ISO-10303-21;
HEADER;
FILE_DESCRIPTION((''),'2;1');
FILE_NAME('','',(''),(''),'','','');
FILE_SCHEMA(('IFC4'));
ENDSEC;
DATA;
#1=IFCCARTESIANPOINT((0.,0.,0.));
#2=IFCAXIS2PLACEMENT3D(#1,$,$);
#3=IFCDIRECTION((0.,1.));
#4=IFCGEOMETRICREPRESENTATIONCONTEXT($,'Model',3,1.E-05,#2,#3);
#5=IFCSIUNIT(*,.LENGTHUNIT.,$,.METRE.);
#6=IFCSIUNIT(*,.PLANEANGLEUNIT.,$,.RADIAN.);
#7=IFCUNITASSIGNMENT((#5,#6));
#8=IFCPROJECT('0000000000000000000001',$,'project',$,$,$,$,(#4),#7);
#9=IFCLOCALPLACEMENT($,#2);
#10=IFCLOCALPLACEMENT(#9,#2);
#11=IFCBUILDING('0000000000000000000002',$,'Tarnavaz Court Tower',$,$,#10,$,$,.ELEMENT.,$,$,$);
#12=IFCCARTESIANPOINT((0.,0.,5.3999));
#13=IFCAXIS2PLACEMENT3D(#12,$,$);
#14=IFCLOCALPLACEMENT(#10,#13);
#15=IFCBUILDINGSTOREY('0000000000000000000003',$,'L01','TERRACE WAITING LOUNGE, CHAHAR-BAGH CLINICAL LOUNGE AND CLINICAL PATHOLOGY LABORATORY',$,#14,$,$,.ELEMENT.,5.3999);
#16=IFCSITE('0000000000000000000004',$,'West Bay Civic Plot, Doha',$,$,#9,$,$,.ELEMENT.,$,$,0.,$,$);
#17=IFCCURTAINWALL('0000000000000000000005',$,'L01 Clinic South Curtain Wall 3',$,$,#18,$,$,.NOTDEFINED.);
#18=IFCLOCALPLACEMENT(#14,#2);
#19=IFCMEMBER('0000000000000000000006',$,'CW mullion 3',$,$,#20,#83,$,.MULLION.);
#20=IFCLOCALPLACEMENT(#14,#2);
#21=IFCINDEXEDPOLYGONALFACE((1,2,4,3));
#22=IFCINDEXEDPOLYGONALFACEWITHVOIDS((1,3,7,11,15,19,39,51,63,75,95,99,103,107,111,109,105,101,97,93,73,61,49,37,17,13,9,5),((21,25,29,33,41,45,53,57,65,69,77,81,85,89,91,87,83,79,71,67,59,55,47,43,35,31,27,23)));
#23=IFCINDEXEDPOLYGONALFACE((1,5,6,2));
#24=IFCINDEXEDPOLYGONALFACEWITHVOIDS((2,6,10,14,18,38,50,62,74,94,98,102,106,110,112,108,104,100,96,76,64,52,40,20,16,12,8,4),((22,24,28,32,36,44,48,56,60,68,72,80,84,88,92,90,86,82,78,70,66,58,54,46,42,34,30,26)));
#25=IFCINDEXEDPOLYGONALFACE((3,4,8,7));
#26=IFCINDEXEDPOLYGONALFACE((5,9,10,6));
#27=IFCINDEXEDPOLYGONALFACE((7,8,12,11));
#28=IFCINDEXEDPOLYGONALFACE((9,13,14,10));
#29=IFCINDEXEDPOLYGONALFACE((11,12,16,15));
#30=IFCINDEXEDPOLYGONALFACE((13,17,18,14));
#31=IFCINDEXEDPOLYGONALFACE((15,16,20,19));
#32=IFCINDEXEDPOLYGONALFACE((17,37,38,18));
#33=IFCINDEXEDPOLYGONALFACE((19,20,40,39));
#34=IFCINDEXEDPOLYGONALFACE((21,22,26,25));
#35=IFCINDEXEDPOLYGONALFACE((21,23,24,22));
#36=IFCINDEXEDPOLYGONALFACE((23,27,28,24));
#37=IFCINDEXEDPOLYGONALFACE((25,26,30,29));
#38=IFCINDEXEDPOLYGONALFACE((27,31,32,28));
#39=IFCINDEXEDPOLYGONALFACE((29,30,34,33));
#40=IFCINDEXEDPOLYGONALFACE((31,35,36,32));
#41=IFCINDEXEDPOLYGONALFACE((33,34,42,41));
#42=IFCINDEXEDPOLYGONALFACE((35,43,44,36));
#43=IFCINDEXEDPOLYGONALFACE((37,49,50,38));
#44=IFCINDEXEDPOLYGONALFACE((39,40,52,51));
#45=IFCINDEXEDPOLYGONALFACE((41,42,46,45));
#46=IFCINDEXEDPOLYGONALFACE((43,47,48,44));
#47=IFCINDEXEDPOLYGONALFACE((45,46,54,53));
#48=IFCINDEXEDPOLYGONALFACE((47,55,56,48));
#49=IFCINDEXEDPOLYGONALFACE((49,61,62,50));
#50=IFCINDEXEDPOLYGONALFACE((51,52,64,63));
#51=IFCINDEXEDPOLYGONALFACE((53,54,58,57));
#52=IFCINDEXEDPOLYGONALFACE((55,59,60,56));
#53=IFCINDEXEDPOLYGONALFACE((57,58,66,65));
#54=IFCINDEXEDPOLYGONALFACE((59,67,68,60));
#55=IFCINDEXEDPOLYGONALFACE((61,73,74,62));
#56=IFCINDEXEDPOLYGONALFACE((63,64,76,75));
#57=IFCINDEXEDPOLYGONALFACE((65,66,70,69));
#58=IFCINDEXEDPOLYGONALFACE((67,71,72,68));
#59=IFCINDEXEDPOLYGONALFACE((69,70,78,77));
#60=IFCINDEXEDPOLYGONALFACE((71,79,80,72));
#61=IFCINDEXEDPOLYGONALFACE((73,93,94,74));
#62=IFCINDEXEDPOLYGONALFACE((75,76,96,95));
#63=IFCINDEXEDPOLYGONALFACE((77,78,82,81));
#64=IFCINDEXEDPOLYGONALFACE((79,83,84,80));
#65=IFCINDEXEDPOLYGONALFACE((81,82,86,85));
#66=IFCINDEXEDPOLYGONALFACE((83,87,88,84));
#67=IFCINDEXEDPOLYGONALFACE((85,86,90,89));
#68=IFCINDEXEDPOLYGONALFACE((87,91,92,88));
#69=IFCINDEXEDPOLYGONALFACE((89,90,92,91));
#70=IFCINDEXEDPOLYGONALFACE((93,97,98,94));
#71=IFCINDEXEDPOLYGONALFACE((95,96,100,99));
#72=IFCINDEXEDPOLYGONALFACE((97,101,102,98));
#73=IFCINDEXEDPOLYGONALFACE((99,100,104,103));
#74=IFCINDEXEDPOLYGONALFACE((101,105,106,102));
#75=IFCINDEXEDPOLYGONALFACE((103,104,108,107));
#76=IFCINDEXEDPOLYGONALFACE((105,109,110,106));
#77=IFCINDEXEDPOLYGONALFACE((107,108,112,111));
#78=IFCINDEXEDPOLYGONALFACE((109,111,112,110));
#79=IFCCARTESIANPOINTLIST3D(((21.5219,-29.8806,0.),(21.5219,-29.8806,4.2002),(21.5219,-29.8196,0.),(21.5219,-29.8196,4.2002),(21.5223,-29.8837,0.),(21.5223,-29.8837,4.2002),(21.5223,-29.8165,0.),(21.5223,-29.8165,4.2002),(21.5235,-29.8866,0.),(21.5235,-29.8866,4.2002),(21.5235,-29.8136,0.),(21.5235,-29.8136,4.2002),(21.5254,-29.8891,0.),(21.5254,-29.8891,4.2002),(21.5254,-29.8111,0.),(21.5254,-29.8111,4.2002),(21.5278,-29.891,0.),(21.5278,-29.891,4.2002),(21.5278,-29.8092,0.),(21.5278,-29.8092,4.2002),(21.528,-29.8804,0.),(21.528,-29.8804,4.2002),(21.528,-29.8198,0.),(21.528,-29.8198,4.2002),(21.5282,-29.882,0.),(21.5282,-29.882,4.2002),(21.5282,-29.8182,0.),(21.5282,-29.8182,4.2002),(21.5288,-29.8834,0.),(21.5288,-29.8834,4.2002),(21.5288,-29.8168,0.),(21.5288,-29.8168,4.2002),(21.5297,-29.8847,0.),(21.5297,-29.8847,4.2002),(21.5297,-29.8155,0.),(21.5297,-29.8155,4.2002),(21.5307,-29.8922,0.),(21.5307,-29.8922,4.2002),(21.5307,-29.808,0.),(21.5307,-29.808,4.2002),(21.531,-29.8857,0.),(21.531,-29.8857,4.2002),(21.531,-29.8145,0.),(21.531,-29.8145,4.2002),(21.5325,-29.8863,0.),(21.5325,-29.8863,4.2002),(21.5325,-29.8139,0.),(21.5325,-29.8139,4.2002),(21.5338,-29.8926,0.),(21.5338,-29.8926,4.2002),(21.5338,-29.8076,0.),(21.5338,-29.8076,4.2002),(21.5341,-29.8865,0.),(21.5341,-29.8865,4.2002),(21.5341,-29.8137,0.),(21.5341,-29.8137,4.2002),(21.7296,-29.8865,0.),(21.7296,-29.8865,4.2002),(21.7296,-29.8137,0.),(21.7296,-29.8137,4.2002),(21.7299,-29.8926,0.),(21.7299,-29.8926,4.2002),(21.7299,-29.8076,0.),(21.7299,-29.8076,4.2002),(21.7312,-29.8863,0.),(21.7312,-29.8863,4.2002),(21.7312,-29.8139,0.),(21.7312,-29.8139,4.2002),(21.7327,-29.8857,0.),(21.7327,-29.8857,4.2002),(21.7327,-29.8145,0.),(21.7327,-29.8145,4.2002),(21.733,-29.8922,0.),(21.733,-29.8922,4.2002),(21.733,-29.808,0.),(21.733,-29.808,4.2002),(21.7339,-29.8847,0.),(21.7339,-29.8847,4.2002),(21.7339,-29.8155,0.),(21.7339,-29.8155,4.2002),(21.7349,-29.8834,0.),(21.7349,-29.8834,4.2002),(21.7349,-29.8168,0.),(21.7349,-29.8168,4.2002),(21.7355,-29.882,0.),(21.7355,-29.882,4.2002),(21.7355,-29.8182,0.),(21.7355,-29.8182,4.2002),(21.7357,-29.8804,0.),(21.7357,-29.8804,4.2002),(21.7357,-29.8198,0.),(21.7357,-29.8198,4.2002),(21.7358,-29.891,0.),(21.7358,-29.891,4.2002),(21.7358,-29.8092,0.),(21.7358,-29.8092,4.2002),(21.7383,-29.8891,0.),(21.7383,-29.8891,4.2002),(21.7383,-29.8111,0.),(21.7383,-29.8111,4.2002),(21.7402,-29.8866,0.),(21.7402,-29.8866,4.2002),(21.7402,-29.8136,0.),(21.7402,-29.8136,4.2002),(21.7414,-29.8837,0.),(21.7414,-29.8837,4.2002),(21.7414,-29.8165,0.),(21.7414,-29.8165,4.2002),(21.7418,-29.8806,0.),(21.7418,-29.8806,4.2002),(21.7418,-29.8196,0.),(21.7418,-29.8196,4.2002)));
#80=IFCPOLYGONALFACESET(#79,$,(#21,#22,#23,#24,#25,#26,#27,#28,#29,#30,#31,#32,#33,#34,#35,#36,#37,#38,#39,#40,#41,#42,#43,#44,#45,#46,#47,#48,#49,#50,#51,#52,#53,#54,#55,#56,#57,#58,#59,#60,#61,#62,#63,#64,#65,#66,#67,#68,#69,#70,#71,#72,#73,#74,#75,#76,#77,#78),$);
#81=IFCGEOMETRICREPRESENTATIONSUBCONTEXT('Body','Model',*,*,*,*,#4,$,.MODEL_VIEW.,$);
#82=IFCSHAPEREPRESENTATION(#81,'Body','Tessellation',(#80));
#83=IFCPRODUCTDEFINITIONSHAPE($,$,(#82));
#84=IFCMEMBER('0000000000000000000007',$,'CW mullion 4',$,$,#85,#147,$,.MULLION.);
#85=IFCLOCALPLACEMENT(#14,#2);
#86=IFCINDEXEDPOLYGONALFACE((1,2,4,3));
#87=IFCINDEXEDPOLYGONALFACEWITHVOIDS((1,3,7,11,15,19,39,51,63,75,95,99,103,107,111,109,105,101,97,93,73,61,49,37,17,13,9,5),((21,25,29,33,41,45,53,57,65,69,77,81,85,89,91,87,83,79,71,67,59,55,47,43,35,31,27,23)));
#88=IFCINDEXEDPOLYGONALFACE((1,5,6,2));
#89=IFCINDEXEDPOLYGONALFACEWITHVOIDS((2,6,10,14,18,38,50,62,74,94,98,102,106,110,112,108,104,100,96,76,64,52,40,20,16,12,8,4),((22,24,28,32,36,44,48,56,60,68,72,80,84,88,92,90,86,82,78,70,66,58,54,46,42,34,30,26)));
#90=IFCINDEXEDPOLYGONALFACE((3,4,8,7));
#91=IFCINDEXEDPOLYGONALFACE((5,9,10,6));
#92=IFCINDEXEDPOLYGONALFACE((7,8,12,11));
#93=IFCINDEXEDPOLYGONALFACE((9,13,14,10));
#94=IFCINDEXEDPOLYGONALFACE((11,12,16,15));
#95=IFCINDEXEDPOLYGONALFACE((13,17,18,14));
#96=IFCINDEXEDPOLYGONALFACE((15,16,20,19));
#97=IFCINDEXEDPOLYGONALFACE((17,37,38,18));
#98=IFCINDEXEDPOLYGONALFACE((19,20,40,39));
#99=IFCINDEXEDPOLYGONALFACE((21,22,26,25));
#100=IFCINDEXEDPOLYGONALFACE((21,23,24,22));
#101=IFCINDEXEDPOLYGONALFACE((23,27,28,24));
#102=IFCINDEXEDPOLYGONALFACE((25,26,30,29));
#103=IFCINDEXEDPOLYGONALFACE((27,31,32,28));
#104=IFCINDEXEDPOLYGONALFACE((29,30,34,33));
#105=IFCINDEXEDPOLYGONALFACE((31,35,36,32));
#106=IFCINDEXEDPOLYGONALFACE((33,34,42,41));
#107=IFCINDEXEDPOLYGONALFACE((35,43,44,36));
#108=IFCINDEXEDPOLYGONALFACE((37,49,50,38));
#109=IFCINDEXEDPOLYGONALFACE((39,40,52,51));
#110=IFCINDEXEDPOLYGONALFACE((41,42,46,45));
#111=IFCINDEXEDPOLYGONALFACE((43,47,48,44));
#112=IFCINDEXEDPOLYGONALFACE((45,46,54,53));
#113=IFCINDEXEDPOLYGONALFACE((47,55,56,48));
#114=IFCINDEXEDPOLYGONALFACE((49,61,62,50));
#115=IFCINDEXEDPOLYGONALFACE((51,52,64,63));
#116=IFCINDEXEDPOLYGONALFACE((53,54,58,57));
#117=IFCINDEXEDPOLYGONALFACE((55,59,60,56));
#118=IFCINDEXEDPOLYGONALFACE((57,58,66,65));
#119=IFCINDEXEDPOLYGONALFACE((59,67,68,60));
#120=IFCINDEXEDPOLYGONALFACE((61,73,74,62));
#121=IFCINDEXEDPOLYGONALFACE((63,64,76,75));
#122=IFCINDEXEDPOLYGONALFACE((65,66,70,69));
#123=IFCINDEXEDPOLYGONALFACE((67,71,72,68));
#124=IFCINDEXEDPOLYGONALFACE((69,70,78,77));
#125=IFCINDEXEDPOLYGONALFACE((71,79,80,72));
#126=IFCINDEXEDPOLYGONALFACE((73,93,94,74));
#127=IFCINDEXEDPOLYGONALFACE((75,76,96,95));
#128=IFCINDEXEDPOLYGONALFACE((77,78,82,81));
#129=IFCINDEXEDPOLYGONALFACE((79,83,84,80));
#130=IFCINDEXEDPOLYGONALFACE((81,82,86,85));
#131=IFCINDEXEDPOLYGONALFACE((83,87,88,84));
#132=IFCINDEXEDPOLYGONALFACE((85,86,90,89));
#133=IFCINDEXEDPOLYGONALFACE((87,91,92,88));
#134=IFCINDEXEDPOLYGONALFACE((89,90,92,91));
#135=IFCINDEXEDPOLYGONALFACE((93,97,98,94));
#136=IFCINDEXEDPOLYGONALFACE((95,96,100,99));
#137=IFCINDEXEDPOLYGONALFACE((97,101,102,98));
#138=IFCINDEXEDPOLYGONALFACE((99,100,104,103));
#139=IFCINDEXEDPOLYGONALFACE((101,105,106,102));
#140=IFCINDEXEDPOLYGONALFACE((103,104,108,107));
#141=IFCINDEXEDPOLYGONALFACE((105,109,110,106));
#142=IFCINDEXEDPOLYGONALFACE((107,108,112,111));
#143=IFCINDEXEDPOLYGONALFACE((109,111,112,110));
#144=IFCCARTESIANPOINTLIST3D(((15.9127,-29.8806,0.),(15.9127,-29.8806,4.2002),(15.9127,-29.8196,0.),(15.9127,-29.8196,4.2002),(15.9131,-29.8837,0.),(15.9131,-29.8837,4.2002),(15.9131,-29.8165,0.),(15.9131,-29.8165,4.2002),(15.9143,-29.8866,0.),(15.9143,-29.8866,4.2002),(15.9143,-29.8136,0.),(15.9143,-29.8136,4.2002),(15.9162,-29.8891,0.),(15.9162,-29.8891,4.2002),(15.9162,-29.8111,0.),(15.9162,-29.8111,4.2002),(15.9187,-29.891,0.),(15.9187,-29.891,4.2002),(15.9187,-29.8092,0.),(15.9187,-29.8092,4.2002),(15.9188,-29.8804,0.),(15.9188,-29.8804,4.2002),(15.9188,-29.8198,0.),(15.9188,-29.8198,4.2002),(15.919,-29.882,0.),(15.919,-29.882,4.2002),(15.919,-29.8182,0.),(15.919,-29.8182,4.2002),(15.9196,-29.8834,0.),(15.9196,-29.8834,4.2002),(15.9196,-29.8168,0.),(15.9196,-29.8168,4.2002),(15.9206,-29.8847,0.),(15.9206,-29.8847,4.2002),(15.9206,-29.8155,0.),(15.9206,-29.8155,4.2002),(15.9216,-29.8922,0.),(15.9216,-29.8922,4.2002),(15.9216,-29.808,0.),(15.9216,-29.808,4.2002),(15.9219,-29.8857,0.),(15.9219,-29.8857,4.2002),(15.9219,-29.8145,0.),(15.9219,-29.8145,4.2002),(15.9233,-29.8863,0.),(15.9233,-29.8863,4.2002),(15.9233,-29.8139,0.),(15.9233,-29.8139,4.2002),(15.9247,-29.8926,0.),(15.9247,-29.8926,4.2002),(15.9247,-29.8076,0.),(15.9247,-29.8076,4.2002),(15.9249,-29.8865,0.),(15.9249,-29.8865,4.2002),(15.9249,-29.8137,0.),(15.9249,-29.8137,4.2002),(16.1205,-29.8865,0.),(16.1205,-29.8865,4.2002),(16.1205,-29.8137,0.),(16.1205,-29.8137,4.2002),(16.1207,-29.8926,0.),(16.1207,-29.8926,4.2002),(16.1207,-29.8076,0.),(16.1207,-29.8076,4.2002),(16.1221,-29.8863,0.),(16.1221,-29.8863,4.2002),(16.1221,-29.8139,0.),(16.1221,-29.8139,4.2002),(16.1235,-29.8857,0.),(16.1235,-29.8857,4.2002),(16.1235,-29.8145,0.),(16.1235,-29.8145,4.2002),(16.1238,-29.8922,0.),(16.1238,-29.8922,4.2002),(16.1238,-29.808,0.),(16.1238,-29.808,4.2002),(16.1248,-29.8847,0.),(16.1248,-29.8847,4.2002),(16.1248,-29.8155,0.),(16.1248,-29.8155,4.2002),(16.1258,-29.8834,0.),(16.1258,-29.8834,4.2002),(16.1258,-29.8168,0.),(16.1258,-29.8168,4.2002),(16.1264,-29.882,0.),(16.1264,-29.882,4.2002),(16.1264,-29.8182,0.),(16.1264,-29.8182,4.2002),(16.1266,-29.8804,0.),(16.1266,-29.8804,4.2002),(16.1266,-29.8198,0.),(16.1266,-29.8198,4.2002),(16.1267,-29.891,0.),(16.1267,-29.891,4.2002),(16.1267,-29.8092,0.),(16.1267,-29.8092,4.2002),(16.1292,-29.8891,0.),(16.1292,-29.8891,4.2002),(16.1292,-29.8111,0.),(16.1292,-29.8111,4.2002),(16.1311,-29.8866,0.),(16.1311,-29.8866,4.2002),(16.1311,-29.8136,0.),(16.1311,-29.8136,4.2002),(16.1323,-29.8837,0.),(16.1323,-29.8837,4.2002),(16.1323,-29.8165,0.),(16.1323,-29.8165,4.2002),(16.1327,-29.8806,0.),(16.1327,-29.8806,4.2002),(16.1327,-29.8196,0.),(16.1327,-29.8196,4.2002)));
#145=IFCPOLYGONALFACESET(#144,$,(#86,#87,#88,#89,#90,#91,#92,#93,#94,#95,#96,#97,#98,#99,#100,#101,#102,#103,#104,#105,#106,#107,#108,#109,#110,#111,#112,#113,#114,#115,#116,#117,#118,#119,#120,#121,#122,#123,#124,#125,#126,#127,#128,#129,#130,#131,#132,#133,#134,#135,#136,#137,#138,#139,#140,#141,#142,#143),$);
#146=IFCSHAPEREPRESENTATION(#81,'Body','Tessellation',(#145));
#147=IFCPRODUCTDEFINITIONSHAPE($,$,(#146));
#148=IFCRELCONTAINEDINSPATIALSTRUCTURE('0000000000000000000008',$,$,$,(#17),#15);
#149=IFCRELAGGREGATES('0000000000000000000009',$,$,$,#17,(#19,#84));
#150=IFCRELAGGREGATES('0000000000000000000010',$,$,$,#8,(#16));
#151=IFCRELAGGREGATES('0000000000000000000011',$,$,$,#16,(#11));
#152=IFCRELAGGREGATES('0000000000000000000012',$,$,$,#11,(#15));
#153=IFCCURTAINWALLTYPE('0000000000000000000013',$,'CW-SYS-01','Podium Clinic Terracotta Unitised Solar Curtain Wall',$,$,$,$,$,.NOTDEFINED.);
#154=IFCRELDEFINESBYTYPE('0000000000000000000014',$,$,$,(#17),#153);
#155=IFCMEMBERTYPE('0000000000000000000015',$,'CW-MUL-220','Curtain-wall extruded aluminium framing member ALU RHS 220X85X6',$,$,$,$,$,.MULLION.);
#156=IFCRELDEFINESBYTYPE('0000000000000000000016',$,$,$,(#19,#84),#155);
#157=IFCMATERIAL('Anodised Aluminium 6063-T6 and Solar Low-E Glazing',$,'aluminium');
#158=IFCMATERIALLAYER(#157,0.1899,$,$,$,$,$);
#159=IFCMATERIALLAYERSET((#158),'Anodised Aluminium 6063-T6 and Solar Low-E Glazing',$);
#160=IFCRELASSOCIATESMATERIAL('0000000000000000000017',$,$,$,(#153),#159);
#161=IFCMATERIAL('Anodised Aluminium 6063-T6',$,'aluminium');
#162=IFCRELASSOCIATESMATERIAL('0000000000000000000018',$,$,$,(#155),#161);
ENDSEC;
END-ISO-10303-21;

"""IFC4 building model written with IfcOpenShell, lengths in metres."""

from ifc_helpers import new_model, si_unit, direction, frame, origin, origin_2d, place, context, subcontext, project, spatial, hollow_rectangle, extrude, material, layer, layer_set, material_profile, profile_set, type_object, element, aggregate, save


model = new_model("IFC4")

# Units and contexts
model_context = context("Model", 3, precision=1e-05, world=origin(), true_north=direction((0.0, 1.0)))
body_context = subcontext(model_context, "Body", "Model", "MODEL_VIEW")
ifc_project = project(units=[si_unit("LENGTHUNIT", "METRE"), si_unit("PLANEANGLEUNIT", "RADIAN")], contexts=[model_context])

# Site, building, storey
site_placement = place(None, origin())
site = spatial("IfcSite", under=ifc_project, at=site_placement, Name="West Bay Civic Plot, Doha", CompositionType="ELEMENT", RefElevation=0.0)
building_placement = place(site_placement, origin())
building = spatial("IfcBuilding", under=site, at=building_placement, Name="Tarnavaz Court Tower", CompositionType="ELEMENT")
storey_placement = place(building_placement, frame((0.0, 0.0, 5.3999)))
storey = spatial("IfcBuildingStorey", under=building, at=storey_placement, Name="L01", Description="TERRACE WAITING LOUNGE, CHAHAR-BAGH CLINICAL LOUNGE AND CLINICAL PATHOLOGY LABORATORY", CompositionType="ELEMENT", Elevation=5.3999)

# Curtain wall, members
ifc_material_1 = material(Name="Anodised Aluminium 6063-T6 and Solar Low-E Glazing", Category="aluminium")
ifc_layer_1 = layer(ifc_material_1, 0.1899)
ifc_layer_set_1 = layer_set([ifc_layer_1], Name="Anodised Aluminium 6063-T6 and Solar Low-E Glazing")
curtain_wall_type = type_object("IfcCurtainWallType", Name="CW-SYS-01", Description="Podium Clinic Terracotta Unitised Solar Curtain Wall", PredefinedType="NOTDEFINED", material=ifc_layer_set_1)
curtain_wall_placement = place(storey_placement, origin())
curtain_wall = element("IfcCurtainWall", 1, at=curtain_wall_placement, inside=storey, type_object=curtain_wall_type, Name="L01 Clinic South Curtain Wall 3", PredefinedType="NOTDEFINED")
ifc_material_2 = material(Name="Anodised Aluminium 6063-T6", Category="aluminium")
ifc_material_profile_1 = material_profile(ifc_material_2, hollow_rectangle(XDim=0.085, YDim=0.22, WallThickness=0.0061, InnerFilletRadius=0.0061, OuterFilletRadius=0.012, at=origin_2d()), Name="ALU RHS 220X85X6")
ifc_profile_set_1 = profile_set([ifc_material_profile_1], Name="Anodised Aluminium 6063-T6")
member_type_1 = type_object("IfcMemberType", Name="CW-MUL-220", Description="Curtain-wall extruded aluminium framing member ALU RHS 220X85X6", PredefinedType="MULLION", material=ifc_profile_set_1)
member_1_placement = place(storey_placement, frame((21.6318, -29.8501, 0.0), z_axis=(0.0, 0.0, 1.0), x_axis=(0.0, -1.0, 0.0)))
member_1 = element("IfcMember", 2, at=member_1_placement, type_object=member_type_1, Name="CW mullion 3", PredefinedType="MULLION", context=body_context, shape_type="SweptSolid", body=[
    extrude(hollow_rectangle(XDim=0.085, YDim=0.22, WallThickness=0.0061, InnerFilletRadius=0.0061, OuterFilletRadius=0.012, at=origin_2d()), origin(), (0.0, 0.0, 1.0), 4.2002),
])
member_2_placement = place(storey_placement, frame((16.0227, -29.8501, 0.0), z_axis=(0.0, 0.0, 1.0), x_axis=(0.0, -1.0, 0.0)))
member_2 = element("IfcMember", 3, at=member_2_placement, type_object=member_type_1, Name="CW mullion 4", PredefinedType="MULLION", context=body_context, shape_type="SweptSolid", body=[
    extrude(hollow_rectangle(XDim=0.085, YDim=0.22, WallThickness=0.0061, InnerFilletRadius=0.0061, OuterFilletRadius=0.012, at=origin_2d()), origin(), (0.0, 0.0, 1.0), 4.2002),
])
aggregate(curtain_wall, [member_1, member_2])

save(model, "model.ifc")
